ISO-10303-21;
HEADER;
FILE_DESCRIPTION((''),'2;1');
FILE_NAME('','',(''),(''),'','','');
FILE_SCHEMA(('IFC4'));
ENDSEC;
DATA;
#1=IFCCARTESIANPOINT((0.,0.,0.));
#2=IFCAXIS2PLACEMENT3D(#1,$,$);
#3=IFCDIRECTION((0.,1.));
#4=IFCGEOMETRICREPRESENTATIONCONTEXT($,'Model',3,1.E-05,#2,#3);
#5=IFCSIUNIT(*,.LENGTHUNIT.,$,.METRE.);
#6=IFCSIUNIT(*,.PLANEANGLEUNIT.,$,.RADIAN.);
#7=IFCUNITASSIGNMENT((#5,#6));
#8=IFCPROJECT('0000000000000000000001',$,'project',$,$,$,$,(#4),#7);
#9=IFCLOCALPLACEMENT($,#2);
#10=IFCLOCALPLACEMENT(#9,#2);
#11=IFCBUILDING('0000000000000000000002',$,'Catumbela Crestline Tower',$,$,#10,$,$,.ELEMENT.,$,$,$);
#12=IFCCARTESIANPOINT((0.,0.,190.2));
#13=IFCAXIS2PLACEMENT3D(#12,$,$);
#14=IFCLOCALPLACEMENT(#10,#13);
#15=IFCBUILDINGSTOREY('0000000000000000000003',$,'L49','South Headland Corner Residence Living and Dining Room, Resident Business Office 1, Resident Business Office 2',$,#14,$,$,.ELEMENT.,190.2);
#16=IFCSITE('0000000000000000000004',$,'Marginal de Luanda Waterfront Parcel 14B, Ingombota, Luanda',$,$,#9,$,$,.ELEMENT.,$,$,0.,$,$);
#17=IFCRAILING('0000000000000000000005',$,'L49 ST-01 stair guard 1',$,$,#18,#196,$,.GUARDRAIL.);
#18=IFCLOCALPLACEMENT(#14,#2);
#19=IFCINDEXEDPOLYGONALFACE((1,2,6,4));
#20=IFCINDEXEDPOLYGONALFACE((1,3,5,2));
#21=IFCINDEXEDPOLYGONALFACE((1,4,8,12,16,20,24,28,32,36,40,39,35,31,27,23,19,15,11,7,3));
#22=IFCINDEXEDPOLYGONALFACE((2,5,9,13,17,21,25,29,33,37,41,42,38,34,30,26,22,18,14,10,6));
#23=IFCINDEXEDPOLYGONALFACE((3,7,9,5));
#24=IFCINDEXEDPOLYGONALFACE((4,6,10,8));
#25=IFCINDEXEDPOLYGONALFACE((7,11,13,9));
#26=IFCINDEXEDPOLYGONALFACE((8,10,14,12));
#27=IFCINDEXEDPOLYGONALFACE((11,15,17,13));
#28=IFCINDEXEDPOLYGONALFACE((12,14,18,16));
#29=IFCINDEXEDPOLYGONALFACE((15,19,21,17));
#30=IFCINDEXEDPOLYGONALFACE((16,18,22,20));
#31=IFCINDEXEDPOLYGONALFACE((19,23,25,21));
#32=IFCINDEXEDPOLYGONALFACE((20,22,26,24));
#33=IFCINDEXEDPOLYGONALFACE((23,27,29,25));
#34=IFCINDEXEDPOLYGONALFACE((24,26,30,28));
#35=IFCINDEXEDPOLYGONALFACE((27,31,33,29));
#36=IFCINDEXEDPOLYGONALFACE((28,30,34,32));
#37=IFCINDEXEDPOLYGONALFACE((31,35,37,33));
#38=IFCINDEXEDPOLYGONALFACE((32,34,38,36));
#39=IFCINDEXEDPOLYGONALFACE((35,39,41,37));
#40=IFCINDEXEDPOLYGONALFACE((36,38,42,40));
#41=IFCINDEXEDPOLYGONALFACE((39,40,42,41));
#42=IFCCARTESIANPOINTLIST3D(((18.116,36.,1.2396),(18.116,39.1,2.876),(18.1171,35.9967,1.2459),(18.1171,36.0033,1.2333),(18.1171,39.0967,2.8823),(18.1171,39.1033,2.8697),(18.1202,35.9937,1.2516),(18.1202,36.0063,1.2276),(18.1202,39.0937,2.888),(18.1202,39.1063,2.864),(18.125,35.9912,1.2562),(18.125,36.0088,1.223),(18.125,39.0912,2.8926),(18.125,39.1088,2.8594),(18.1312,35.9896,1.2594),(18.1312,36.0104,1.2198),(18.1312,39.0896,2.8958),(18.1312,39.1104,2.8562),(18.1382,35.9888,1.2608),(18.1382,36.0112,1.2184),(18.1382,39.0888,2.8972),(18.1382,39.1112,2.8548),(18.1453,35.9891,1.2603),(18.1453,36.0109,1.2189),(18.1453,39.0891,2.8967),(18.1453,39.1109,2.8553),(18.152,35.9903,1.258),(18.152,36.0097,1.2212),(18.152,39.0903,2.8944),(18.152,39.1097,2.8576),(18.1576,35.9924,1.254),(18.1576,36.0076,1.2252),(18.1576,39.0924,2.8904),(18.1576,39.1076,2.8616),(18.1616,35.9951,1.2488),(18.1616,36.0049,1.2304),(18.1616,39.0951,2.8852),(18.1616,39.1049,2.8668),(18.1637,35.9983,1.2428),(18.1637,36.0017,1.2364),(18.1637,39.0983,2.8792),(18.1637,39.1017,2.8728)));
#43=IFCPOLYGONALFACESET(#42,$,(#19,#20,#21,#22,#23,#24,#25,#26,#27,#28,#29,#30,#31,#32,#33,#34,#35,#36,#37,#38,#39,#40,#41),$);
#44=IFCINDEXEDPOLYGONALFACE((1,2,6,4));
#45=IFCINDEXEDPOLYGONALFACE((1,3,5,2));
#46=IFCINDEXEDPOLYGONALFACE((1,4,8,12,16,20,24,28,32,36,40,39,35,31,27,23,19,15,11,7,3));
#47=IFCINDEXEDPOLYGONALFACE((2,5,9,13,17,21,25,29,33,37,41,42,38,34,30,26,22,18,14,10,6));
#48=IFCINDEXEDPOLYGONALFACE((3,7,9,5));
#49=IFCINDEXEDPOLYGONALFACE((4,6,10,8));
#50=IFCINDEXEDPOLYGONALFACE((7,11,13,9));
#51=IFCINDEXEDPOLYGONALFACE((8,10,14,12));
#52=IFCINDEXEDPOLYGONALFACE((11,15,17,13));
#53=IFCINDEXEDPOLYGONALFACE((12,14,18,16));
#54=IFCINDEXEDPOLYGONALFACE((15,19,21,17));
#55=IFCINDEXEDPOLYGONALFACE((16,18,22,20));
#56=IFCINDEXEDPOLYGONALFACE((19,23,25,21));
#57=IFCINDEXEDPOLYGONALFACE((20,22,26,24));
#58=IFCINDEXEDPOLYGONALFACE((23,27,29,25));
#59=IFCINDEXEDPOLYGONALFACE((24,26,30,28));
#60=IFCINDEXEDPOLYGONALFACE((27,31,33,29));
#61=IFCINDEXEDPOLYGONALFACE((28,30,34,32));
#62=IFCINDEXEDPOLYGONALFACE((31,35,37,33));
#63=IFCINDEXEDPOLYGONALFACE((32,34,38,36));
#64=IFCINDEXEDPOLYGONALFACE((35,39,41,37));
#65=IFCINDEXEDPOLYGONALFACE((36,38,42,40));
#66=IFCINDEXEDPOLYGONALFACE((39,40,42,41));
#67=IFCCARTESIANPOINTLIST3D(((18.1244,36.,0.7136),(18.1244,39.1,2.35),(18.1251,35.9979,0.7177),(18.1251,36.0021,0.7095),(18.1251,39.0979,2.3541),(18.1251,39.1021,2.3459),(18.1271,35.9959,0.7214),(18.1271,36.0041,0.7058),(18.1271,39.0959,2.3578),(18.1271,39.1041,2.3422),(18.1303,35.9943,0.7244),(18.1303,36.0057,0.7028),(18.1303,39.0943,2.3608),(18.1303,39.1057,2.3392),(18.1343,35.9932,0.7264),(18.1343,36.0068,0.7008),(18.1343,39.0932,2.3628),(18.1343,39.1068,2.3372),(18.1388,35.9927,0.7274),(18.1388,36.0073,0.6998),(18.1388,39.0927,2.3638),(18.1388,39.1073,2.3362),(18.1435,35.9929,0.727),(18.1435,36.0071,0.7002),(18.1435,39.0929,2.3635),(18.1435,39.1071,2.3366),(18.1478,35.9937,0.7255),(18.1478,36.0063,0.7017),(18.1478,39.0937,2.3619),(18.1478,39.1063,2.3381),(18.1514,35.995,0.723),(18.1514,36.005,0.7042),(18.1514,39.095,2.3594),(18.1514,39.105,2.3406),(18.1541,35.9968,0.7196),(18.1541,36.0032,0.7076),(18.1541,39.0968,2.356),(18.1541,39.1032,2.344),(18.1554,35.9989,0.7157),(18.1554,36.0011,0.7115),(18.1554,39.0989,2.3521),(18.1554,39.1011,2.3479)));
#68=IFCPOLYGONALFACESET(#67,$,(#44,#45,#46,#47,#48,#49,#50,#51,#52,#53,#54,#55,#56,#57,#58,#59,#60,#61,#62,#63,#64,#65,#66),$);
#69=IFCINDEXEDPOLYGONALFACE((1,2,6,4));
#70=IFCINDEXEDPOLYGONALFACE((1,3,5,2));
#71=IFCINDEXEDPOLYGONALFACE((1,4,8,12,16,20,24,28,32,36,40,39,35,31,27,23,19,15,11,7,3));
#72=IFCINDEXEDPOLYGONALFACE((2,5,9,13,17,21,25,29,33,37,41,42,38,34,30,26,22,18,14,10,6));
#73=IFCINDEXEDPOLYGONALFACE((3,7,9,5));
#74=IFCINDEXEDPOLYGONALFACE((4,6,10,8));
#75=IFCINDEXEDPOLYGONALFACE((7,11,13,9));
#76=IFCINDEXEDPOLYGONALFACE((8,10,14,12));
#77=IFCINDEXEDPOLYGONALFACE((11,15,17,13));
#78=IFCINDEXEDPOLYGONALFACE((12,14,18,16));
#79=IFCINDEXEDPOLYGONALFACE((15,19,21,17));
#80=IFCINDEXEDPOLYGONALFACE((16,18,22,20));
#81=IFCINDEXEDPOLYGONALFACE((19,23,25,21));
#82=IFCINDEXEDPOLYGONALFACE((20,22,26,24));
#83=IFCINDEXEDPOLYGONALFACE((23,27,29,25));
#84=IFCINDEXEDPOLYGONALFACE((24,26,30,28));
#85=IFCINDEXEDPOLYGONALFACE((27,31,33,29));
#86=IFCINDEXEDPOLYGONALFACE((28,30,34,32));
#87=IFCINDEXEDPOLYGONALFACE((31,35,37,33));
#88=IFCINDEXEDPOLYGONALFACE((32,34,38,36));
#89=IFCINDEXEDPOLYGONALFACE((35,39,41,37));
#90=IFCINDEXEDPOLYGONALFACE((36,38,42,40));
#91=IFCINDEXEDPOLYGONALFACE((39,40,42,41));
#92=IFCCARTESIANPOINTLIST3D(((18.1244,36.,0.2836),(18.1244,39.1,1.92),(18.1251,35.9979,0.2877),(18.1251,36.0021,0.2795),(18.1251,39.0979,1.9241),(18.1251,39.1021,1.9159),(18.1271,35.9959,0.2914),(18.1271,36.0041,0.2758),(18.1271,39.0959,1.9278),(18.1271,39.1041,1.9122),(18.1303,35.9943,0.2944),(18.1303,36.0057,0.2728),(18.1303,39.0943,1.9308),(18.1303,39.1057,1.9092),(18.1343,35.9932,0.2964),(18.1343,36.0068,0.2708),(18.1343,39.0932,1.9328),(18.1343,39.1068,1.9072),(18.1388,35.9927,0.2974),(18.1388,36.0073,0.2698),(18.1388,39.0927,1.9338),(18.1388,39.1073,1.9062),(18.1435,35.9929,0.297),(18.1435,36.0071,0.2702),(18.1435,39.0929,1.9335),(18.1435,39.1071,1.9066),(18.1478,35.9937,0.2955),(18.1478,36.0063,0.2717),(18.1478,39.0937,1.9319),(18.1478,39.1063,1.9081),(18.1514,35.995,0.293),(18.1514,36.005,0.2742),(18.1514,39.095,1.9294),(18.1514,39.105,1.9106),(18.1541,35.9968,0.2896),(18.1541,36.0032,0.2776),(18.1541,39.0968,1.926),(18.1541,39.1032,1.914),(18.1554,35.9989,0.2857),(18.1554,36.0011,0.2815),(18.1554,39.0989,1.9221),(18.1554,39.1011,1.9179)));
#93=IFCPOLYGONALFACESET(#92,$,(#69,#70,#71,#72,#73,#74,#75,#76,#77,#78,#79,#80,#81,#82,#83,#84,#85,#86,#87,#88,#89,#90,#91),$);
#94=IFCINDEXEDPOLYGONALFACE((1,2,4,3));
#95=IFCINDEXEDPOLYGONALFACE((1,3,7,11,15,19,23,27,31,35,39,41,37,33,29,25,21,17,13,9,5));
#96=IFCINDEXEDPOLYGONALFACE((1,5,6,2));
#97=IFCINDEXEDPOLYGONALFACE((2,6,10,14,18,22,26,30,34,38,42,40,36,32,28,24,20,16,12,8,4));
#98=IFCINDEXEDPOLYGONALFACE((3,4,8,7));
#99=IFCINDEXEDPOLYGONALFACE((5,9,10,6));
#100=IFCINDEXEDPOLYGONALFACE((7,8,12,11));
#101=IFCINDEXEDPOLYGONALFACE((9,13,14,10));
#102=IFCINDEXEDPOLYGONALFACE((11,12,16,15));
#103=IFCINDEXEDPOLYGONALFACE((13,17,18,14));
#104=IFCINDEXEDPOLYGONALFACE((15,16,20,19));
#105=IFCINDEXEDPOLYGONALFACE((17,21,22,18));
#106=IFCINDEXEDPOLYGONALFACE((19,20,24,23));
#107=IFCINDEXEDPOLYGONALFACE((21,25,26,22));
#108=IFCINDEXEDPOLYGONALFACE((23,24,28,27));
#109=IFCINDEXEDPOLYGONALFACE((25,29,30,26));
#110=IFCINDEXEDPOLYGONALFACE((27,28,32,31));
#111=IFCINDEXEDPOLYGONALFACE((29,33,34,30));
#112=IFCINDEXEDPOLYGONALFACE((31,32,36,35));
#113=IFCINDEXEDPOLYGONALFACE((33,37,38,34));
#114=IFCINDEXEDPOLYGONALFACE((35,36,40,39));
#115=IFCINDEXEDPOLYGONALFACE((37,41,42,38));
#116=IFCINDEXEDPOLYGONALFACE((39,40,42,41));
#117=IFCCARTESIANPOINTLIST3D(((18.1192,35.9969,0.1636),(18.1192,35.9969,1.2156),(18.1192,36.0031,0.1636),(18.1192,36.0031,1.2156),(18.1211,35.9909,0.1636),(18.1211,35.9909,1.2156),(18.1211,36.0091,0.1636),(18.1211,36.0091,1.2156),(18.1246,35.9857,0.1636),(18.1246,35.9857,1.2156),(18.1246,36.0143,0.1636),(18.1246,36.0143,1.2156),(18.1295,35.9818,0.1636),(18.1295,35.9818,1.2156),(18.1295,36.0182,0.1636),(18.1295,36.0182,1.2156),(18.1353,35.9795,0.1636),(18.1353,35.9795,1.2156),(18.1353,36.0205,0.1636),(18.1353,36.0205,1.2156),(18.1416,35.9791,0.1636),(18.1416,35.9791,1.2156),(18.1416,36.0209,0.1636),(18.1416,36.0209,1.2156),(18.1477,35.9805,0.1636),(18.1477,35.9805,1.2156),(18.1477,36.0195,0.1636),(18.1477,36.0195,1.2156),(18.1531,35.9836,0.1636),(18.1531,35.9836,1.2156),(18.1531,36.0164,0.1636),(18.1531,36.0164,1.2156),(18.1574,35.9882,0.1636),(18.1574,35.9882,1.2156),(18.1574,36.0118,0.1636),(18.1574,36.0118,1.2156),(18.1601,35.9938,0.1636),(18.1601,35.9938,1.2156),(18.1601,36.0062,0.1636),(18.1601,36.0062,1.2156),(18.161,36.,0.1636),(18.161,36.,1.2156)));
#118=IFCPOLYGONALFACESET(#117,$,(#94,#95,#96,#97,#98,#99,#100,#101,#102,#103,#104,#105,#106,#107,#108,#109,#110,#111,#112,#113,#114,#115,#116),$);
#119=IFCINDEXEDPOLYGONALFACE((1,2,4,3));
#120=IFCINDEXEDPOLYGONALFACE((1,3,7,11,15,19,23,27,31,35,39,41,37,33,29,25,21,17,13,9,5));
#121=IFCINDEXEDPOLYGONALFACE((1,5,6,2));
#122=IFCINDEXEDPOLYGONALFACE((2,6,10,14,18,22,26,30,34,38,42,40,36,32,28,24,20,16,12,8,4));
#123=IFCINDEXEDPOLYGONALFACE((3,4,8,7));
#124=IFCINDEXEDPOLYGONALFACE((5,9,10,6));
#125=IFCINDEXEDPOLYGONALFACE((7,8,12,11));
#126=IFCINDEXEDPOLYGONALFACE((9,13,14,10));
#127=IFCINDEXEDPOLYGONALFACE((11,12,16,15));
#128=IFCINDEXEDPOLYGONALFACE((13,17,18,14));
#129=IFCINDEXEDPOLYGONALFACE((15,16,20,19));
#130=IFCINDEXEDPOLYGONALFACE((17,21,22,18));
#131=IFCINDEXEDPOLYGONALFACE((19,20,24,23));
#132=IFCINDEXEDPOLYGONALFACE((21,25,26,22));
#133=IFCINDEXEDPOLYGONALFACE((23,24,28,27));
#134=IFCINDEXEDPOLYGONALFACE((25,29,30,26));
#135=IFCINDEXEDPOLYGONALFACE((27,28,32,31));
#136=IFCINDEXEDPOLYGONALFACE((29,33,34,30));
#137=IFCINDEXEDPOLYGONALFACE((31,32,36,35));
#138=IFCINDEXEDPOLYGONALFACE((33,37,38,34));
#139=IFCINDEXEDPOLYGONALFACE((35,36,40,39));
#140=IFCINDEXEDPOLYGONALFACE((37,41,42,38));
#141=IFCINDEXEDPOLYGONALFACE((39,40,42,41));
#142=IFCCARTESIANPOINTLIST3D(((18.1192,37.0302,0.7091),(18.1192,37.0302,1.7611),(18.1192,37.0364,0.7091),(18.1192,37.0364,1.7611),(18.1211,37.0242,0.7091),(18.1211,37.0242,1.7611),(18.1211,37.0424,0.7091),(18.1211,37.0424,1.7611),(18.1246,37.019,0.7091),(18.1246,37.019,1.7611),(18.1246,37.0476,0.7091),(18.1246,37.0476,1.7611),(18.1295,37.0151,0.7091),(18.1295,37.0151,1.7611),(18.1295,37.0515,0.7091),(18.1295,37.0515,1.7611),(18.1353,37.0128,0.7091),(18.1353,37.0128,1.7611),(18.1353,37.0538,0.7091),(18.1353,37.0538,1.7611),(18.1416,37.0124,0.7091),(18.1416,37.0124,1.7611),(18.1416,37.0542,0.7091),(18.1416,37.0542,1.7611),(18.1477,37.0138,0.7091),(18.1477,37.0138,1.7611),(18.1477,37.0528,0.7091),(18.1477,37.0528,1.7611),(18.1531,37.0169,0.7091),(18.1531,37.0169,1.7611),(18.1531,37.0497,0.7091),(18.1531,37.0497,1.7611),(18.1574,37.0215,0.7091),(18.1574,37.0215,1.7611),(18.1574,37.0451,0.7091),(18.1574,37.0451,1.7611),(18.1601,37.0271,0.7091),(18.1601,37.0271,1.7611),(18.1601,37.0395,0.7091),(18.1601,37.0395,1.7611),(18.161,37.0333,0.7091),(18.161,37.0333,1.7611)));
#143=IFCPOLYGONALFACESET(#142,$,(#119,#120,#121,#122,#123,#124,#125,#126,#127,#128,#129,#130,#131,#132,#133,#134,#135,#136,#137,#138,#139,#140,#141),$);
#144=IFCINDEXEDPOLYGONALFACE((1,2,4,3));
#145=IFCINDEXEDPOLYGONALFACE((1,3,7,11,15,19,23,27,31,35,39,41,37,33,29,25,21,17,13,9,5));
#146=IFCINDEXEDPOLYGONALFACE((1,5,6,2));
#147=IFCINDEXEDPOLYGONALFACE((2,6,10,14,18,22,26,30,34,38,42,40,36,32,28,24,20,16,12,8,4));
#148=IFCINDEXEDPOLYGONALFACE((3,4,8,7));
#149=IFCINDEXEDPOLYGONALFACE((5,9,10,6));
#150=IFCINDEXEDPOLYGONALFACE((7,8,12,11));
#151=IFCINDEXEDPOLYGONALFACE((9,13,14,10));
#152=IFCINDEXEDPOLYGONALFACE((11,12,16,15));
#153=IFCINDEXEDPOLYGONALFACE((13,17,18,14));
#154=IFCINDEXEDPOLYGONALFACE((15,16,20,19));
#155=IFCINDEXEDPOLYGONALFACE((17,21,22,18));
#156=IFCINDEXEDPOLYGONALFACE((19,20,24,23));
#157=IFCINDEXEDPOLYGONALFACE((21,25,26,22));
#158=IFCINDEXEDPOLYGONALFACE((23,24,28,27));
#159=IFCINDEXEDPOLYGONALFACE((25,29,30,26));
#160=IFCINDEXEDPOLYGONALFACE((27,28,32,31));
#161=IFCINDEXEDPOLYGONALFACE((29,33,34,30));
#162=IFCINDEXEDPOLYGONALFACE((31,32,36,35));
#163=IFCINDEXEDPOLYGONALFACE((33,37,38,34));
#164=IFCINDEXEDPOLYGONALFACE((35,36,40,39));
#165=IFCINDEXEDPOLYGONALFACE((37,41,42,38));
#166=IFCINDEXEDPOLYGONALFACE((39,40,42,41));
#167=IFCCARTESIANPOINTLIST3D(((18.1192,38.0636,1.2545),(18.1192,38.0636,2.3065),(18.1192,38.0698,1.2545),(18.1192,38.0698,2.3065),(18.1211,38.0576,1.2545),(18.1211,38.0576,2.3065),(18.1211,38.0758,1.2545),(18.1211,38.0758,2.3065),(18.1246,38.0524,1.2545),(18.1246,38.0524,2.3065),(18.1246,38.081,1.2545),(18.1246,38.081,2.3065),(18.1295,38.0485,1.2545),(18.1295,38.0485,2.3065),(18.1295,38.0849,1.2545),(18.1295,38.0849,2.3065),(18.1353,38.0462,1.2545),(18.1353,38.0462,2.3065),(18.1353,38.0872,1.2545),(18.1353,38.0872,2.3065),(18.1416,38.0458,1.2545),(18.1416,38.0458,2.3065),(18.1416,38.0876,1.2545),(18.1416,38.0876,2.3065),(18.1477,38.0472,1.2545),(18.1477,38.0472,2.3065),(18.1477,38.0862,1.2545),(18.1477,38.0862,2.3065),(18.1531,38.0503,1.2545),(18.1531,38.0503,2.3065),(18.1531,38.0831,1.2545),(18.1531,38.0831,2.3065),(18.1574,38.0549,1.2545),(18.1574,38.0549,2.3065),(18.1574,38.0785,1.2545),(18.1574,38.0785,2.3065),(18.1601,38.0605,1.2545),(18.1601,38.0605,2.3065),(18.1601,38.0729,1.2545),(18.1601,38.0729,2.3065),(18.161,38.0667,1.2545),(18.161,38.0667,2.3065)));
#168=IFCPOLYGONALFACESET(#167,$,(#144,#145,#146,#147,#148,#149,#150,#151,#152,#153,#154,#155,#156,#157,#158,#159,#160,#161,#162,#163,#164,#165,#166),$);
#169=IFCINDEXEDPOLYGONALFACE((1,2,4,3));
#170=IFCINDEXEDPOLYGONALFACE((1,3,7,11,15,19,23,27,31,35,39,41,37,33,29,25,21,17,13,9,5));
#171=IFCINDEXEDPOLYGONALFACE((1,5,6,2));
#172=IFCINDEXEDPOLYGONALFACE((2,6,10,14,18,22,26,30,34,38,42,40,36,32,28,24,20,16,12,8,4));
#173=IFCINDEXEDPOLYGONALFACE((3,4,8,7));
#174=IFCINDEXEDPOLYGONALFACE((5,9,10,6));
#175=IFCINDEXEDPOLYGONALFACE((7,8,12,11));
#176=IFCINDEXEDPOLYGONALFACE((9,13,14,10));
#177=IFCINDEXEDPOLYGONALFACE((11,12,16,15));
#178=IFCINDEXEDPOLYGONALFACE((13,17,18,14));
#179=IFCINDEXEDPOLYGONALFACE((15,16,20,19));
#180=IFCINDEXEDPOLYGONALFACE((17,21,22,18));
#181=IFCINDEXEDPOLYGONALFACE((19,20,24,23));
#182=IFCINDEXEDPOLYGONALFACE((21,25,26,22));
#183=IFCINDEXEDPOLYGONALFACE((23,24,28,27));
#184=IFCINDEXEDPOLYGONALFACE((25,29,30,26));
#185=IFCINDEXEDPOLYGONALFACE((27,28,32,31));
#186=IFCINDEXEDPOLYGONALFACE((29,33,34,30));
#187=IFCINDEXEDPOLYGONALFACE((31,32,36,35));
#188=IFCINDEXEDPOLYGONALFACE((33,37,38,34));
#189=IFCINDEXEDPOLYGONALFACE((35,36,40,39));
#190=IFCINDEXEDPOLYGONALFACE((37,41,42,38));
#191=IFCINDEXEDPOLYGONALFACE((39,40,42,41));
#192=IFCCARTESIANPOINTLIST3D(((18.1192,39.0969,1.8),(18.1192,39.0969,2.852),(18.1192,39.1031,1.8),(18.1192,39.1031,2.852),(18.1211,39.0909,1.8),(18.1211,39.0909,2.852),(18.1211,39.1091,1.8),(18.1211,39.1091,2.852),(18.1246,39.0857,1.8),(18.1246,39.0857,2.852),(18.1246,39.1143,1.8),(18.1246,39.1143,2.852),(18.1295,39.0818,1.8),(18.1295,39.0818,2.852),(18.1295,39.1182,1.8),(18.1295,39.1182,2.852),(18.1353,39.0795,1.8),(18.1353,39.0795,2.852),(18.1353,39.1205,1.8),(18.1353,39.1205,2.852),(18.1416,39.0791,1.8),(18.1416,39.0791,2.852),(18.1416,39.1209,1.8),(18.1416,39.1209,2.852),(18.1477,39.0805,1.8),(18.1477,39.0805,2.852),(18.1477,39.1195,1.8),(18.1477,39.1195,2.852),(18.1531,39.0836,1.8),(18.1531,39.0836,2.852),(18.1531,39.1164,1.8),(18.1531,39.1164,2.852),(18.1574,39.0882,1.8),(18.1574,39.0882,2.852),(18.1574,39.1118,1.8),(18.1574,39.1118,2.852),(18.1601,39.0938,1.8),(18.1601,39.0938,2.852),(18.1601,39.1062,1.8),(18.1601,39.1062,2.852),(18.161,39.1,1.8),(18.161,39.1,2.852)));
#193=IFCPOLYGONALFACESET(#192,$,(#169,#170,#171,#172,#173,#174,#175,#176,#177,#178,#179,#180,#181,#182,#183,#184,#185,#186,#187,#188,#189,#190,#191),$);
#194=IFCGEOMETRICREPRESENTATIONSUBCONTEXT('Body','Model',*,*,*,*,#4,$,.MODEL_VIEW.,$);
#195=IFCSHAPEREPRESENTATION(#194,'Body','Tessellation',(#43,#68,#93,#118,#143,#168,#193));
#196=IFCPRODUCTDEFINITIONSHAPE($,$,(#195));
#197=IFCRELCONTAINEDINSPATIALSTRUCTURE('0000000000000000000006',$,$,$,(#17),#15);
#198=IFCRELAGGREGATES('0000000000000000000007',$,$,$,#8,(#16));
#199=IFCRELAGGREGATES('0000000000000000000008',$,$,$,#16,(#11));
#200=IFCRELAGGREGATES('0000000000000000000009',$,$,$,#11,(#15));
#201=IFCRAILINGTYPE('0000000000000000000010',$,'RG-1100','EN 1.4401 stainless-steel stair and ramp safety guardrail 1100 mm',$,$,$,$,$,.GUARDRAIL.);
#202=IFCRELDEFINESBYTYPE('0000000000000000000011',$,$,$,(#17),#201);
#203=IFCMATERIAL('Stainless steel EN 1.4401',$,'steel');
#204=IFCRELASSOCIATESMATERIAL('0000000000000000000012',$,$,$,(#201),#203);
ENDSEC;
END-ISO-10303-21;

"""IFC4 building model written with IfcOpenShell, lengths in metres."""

from ifc_helpers import new_model, si_unit, direction, frame, origin, origin_2d, place, context, subcontext, project, spatial, circle, extrude, material, type_object, element, save


model = new_model("IFC4")

# Units and contexts
model_context = context("Model", 3, precision=1e-05, world=origin(), true_north=direction((0.0, 1.0)))
body_context = subcontext(model_context, "Body", "Model", "MODEL_VIEW")
ifc_project = project(units=[si_unit("LENGTHUNIT", "METRE"), si_unit("PLANEANGLEUNIT", "RADIAN")], contexts=[model_context])

# Site, building, storey
site_placement = place(None, origin())
site = spatial("IfcSite", under=ifc_project, at=site_placement, Name="Marginal de Luanda Waterfront Parcel 14B, Ingombota, Luanda", CompositionType="ELEMENT", RefElevation=0.0)
building_placement = place(site_placement, origin())
building = spatial("IfcBuilding", under=site, at=building_placement, Name="Catumbela Crestline Tower", CompositionType="ELEMENT")
storey_placement = place(building_placement, frame((0.0, 0.0, 190.2)))
storey = spatial("IfcBuildingStorey", under=building, at=storey_placement, Name="L49", Description="South Headland Corner Residence Living and Dining Room, Resident Business Office 1, Resident Business Office 2", CompositionType="ELEMENT", Elevation=190.2)

# Shared definitions
ifc_material_1 = material(Name="Stainless steel EN 1.4401", Category="steel")

# Railing
railing_type_1 = type_object("IfcRailingType", Name="RG-1100", Description="EN 1.4401 stainless-steel stair and ramp safety guardrail 1100 mm", PredefinedType="GUARDRAIL", material=ifc_material_1)
railing_1_placement = place(storey_placement, frame((18.14, 36.0, 0.1636)))
element("IfcRailing", 1, at=railing_1_placement, inside=storey, type_object=railing_type_1, Name="L49 ST-01 stair guard 1", PredefinedType="GUARDRAIL", context=body_context, shape_type="SweptSolid", body=[
    extrude(circle(Radius=0.024, at=origin_2d()), frame((0.0, 0.0, 1.076), z_axis=(0.0, 0.884351, 0.466823), x_axis=(-1.0, 0.0, 0.0)), (0.0, 0.0, 1.0), 3.5054),
    extrude(circle(Radius=0.0156, at=origin_2d()), frame((0.0, 0.0, 0.55), z_axis=(0.0, 0.884351, 0.466823), x_axis=(-1.0, 0.0, 0.0)), (0.0, 0.0, 1.0), 3.5054),
    extrude(circle(Radius=0.0156, at=origin_2d()), frame((0.0, 0.0, 0.12), z_axis=(0.0, 0.884351, 0.466823), x_axis=(-1.0, 0.0, 0.0)), (0.0, 0.0, 1.0), 3.5054),
    extrude(circle(Radius=0.021, at=origin_2d()), origin(), (0.0, 0.0, 1.0), 1.052),
    extrude(circle(Radius=0.021, at=origin_2d()), frame((0.0, 1.0333, 0.5455)), (0.0, 0.0, 1.0), 1.052),
    extrude(circle(Radius=0.021, at=origin_2d()), frame((0.0, 2.0667, 1.0909)), (0.0, 0.0, 1.0), 1.052),
    extrude(circle(Radius=0.021, at=origin_2d()), frame((0.0, 3.1, 1.6364)), (0.0, 0.0, 1.0), 1.052),
])

save(model, "model.ifc")
